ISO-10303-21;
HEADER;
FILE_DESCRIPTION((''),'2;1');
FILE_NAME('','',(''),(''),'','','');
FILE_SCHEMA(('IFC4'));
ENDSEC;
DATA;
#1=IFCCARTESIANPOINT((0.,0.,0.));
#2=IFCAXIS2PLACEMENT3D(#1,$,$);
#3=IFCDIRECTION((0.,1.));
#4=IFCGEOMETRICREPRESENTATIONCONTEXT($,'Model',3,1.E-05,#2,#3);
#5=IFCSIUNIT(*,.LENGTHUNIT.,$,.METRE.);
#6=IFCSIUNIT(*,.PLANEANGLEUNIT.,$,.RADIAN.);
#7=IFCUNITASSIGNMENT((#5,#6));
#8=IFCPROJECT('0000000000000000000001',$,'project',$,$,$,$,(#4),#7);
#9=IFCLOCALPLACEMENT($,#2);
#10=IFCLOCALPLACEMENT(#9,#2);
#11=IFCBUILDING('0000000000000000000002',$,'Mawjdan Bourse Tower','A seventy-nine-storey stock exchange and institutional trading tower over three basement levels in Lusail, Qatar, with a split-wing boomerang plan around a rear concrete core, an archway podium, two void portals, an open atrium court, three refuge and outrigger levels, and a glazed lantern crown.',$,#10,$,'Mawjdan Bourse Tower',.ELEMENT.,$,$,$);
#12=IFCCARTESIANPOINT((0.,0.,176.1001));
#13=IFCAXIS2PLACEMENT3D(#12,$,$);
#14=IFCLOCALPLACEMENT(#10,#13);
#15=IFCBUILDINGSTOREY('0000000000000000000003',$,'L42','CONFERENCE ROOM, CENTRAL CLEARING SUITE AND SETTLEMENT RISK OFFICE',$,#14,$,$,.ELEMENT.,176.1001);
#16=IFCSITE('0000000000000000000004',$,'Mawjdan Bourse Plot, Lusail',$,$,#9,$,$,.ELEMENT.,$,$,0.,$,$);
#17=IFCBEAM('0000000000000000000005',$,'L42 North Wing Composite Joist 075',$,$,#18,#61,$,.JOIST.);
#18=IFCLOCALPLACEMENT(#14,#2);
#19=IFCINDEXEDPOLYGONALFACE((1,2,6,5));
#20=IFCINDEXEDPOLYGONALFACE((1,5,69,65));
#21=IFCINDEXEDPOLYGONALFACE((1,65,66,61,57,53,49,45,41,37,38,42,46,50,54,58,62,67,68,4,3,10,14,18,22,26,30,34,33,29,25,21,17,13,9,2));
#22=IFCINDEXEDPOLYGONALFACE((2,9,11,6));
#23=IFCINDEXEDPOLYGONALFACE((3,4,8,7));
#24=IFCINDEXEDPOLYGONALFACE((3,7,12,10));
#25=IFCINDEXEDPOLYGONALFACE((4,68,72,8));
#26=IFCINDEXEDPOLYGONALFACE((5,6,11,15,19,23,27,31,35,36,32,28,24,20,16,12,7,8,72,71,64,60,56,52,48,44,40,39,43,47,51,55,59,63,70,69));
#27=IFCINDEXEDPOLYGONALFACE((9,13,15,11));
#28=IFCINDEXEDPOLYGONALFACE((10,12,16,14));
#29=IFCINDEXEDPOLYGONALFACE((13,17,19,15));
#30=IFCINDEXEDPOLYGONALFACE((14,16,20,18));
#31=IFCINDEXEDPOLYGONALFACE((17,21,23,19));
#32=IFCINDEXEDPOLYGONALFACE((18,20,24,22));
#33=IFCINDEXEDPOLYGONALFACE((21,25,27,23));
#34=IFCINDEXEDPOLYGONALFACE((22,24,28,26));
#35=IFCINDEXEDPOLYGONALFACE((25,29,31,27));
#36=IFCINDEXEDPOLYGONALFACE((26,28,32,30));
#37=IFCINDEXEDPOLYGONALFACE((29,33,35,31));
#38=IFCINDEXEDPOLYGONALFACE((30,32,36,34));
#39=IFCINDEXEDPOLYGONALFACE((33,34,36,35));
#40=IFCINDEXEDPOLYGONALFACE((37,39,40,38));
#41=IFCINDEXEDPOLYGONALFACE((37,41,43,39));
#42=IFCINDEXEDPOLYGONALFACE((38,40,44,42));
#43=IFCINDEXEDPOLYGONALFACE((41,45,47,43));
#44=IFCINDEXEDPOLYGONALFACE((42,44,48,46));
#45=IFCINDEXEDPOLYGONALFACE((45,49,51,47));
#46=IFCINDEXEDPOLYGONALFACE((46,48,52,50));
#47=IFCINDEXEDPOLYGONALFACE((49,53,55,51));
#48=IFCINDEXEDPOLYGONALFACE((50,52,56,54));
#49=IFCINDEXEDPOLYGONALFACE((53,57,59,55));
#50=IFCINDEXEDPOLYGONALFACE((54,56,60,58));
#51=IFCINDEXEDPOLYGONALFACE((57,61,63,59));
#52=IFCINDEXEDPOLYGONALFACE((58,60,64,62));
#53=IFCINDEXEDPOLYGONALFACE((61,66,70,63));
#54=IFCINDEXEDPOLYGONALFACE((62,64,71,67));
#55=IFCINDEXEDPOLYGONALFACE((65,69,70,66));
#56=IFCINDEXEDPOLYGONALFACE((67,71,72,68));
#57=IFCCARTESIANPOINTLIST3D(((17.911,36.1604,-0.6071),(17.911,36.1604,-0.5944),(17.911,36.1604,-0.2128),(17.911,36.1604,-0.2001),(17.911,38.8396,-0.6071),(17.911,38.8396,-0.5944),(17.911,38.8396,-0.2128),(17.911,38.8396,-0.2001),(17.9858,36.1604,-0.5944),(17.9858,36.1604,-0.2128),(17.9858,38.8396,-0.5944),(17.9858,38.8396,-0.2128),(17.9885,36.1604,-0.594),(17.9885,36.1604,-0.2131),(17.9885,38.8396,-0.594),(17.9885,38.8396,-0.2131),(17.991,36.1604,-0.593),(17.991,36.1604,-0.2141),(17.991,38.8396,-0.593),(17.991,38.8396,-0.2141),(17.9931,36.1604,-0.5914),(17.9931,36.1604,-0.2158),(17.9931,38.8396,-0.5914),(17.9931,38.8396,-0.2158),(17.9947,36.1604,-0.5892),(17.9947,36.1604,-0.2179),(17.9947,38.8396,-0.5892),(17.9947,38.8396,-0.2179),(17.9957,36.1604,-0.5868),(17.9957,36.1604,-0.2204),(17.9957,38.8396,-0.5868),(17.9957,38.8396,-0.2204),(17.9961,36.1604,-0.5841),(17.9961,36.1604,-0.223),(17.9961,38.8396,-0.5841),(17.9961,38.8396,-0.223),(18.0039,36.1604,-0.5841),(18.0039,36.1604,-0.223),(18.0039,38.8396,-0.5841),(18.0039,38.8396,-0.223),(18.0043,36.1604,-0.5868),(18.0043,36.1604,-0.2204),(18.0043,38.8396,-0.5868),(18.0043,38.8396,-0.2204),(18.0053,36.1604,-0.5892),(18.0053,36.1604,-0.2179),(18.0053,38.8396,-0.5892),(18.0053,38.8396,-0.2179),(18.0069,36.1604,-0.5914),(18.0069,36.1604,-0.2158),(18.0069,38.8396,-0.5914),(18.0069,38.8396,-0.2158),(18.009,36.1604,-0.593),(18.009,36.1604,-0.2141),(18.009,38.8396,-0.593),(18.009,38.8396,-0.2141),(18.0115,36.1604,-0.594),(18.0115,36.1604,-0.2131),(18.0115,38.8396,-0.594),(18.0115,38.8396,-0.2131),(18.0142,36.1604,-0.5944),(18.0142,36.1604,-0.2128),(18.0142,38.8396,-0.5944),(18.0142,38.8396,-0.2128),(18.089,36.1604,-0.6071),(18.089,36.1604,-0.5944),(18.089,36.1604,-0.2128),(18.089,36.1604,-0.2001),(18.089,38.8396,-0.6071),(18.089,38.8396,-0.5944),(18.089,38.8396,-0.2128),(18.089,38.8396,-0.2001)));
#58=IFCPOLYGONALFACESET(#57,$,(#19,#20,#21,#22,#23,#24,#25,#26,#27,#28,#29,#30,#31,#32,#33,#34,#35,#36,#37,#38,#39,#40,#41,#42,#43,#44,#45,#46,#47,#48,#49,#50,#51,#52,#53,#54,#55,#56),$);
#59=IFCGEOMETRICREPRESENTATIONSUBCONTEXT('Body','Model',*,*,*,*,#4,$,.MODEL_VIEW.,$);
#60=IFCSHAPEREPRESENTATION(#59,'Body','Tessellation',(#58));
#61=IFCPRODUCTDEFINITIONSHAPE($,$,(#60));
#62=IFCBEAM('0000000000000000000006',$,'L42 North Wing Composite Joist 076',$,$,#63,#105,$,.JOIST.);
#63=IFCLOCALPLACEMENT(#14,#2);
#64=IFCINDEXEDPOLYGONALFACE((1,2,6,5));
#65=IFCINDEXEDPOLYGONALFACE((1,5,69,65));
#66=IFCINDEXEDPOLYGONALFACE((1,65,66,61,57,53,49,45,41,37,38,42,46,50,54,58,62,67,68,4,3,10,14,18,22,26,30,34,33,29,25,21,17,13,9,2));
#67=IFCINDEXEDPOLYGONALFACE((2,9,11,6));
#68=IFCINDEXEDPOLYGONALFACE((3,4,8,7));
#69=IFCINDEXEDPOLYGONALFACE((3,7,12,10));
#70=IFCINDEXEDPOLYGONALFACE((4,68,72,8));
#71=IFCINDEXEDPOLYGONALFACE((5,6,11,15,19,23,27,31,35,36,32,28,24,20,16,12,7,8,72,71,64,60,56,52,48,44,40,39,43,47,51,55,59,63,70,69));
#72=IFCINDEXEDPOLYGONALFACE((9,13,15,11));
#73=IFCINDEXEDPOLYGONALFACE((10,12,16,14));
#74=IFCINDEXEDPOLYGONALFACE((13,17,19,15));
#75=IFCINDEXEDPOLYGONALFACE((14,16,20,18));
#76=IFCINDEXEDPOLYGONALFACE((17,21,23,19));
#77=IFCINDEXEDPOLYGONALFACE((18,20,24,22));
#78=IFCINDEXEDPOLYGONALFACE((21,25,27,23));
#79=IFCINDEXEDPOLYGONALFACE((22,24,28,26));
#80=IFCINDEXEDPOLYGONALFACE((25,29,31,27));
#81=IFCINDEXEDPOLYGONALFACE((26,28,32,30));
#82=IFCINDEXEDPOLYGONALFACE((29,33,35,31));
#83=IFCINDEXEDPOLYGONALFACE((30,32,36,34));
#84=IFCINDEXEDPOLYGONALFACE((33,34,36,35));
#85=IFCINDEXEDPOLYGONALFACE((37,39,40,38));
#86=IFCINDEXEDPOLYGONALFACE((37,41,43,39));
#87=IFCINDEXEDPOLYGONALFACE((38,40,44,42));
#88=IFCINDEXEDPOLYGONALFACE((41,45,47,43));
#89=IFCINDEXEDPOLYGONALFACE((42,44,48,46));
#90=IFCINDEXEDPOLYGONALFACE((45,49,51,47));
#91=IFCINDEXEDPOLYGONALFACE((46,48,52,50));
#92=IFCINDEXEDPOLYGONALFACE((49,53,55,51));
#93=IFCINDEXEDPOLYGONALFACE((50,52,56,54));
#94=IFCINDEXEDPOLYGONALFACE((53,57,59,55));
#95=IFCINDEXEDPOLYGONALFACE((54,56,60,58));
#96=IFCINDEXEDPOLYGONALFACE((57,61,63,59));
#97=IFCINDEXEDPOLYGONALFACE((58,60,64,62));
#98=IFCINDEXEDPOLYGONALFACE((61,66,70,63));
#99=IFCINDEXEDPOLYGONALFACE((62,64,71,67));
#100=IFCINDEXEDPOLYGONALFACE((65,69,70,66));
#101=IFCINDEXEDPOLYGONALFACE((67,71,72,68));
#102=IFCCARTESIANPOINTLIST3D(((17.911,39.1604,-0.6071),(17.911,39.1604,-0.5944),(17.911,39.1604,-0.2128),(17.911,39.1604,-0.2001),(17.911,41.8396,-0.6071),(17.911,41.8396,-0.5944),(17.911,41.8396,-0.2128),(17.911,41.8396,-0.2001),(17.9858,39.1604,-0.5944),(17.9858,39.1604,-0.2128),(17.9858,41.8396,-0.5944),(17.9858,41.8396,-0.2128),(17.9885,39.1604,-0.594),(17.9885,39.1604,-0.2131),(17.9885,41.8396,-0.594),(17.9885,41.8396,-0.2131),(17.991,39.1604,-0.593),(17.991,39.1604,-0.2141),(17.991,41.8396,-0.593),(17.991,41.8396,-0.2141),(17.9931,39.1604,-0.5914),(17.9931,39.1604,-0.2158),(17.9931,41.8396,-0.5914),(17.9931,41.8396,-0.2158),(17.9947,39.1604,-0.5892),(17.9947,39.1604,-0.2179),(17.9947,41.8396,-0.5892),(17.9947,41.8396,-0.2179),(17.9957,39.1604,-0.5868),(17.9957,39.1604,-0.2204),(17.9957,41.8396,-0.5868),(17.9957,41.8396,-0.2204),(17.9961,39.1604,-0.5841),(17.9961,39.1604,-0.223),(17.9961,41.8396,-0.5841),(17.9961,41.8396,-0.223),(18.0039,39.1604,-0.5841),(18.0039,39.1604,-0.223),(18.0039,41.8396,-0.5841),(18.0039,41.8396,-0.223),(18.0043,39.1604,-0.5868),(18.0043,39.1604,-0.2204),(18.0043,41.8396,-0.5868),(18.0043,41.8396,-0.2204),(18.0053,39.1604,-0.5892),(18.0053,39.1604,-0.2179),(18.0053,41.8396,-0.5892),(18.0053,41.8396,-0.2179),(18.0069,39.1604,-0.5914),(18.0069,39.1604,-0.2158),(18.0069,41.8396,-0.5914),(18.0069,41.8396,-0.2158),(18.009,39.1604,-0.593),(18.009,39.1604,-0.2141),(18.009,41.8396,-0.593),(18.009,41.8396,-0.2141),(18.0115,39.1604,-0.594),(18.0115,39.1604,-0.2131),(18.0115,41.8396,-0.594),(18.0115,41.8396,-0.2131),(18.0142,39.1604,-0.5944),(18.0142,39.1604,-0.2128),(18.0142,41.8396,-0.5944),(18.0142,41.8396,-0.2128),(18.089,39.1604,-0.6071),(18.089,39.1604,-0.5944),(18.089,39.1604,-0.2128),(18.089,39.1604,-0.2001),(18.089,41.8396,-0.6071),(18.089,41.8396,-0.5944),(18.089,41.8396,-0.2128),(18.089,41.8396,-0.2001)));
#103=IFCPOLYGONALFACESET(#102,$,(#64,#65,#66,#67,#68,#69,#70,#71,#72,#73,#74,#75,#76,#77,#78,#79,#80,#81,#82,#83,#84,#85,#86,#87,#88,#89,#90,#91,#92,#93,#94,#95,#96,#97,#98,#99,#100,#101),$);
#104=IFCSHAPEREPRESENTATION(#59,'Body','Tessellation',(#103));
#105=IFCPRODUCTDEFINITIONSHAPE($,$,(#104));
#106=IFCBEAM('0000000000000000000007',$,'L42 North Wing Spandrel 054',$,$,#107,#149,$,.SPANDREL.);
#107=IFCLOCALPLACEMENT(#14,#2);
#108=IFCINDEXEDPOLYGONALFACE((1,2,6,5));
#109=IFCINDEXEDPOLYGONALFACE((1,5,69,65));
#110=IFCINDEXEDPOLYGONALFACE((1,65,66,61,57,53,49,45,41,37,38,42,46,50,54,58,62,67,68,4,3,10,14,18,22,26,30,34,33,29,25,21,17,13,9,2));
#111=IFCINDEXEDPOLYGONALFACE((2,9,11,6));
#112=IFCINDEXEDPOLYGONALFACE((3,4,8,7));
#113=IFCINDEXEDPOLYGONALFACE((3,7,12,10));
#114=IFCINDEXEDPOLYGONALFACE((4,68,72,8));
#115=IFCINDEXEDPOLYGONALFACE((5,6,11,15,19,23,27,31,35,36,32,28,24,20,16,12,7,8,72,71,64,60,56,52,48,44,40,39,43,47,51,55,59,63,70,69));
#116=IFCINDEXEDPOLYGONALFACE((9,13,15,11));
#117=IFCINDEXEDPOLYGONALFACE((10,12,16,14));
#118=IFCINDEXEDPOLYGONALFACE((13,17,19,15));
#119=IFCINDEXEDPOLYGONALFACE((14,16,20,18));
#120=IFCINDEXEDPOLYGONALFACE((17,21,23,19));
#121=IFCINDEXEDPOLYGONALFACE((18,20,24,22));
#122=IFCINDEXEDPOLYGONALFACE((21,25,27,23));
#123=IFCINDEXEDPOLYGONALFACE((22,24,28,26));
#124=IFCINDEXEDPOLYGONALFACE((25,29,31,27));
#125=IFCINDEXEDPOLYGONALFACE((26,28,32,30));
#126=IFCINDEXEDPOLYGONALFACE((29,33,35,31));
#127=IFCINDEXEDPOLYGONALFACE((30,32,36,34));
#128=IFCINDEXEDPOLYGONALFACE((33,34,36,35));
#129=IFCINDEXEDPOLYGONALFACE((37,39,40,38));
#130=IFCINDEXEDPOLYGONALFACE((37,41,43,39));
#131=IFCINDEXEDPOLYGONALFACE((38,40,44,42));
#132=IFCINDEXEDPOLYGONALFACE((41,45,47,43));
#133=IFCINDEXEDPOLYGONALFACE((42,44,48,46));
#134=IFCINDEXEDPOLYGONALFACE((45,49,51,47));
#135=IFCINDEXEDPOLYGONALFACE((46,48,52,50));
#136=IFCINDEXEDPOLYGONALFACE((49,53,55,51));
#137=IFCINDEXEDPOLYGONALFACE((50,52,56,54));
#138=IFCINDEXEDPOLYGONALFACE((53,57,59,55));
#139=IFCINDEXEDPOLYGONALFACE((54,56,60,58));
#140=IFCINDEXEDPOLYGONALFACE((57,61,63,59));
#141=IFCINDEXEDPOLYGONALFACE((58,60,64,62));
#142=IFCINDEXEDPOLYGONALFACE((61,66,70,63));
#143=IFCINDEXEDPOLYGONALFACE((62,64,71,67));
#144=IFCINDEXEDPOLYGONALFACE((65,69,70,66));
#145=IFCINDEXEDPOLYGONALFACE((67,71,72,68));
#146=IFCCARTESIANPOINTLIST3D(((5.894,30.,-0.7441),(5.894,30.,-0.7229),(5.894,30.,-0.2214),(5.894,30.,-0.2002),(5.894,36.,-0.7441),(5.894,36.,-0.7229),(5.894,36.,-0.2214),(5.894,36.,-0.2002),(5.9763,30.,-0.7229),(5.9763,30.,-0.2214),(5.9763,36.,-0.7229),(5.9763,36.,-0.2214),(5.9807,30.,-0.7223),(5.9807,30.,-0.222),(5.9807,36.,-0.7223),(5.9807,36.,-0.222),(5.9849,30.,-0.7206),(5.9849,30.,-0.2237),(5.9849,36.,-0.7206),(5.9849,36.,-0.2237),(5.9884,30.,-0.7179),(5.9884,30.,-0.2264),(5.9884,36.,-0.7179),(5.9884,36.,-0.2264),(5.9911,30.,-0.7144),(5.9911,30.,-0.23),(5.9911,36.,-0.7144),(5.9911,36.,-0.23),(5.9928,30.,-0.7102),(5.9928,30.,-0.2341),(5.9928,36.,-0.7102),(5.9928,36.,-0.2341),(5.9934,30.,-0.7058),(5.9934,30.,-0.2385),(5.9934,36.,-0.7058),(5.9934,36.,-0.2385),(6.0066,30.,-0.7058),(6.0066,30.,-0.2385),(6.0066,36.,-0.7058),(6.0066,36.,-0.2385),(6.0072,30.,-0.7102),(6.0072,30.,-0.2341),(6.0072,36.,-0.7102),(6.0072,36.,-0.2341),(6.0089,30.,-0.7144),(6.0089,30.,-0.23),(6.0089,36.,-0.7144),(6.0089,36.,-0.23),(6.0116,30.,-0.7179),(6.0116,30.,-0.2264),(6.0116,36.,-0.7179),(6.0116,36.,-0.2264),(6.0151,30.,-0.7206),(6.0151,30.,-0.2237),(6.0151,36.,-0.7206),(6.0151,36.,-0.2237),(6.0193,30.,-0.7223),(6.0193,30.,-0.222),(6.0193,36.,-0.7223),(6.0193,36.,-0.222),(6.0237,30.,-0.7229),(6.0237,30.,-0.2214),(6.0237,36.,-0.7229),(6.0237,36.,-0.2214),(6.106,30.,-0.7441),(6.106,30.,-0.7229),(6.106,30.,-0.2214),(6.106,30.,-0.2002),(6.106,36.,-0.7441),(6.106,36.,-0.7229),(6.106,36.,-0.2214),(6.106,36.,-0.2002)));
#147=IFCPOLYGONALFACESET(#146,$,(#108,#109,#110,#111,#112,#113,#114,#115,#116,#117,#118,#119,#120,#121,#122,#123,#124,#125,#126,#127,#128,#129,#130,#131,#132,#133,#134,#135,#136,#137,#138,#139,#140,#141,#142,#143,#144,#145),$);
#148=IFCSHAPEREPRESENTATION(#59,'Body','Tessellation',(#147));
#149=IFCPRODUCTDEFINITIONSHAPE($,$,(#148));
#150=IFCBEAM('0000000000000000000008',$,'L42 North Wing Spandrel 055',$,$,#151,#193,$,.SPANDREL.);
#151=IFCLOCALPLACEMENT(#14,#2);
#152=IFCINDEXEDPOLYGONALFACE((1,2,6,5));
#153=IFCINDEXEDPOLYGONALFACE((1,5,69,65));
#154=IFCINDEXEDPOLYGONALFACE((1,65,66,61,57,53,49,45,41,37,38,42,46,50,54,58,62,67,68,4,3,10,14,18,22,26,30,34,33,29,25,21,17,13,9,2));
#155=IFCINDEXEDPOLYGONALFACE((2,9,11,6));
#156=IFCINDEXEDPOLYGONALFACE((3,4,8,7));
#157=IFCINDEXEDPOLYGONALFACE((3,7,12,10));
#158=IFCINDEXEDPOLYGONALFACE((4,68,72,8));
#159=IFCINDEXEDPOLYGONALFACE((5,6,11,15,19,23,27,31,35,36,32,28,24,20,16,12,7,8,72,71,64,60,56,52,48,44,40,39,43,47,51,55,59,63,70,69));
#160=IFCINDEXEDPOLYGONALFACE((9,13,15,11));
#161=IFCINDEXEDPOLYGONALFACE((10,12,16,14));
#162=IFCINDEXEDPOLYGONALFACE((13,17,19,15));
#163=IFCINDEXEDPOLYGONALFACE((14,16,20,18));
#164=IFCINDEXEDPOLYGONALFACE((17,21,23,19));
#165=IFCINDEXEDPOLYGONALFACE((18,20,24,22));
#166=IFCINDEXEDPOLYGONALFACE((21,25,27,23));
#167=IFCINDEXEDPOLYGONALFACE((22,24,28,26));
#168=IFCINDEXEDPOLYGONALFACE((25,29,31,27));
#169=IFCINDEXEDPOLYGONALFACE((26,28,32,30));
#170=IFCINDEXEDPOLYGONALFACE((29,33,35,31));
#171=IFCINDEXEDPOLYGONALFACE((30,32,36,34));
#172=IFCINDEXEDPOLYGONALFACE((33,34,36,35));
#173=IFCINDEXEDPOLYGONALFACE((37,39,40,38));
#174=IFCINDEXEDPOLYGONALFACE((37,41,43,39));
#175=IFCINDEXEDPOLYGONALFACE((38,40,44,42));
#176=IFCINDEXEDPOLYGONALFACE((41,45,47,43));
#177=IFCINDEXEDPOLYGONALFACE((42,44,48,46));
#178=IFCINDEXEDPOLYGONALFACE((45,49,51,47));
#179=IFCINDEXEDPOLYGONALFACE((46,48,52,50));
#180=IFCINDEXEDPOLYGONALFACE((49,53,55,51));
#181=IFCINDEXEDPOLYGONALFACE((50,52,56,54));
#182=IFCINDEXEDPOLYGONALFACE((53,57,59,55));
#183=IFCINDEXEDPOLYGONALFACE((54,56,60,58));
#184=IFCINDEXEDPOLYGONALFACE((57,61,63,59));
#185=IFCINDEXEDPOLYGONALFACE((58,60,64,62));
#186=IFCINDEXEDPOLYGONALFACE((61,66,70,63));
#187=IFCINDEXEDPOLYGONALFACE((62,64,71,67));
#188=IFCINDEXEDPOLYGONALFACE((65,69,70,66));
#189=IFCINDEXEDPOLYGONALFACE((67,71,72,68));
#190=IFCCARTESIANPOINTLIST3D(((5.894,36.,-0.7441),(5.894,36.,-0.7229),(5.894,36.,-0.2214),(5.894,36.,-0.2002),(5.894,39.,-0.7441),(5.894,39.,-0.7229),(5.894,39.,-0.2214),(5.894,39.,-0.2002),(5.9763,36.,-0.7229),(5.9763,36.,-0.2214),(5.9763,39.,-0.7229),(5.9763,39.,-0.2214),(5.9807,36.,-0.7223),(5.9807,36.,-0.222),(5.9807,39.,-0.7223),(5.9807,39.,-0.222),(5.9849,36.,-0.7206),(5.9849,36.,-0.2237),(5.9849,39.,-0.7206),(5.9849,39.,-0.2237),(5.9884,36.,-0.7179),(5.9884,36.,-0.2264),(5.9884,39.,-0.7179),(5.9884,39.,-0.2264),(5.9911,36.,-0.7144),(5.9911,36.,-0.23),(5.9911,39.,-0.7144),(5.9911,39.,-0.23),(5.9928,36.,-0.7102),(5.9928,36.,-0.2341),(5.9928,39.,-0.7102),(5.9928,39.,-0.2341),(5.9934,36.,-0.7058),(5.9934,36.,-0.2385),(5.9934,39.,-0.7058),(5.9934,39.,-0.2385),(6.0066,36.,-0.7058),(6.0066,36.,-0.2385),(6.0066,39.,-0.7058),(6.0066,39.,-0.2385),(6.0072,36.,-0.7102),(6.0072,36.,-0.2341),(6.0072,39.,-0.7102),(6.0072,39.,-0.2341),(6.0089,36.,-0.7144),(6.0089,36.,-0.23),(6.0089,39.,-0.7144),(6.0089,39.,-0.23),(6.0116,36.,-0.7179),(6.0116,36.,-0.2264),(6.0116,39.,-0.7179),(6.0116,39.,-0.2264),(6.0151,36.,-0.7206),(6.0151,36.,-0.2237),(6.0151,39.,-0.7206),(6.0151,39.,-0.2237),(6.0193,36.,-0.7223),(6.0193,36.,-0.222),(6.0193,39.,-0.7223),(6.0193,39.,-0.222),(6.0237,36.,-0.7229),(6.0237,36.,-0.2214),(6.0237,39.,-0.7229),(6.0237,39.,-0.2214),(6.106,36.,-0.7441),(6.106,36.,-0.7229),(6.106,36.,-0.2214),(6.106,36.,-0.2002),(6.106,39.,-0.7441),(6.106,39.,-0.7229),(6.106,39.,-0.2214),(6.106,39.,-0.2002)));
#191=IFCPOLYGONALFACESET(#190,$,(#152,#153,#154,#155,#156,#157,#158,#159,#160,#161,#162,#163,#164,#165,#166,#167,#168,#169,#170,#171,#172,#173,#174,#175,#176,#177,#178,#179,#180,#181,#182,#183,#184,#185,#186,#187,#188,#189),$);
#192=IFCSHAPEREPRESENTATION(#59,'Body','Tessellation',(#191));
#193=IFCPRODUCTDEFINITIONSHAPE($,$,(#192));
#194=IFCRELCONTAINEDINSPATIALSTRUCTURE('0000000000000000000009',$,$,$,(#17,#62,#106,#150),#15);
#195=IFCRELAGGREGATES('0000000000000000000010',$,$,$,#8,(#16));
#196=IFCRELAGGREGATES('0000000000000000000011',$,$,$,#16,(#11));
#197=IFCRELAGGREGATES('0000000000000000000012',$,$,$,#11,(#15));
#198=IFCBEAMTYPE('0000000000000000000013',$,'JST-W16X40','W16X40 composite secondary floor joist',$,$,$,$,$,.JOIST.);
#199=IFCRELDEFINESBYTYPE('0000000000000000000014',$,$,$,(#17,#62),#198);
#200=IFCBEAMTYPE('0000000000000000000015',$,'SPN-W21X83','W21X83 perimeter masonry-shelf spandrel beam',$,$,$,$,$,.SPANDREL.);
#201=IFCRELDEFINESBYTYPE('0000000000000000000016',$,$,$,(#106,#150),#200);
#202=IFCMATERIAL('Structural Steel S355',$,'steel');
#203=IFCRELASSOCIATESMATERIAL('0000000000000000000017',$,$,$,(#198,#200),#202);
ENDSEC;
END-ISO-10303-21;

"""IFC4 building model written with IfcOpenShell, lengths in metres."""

from ifc_helpers import new_model, si_unit, direction, frame, origin, origin_2d, place, context, subcontext, project, spatial, i_section, extrude, material, material_profile, profile_set, type_object, element, save


model = new_model("IFC4")

# Units and contexts
model_context = context("Model", 3, precision=1e-05, world=origin(), true_north=direction((0.0, 1.0)))
body_context = subcontext(model_context, "Body", "Model", "MODEL_VIEW")
ifc_project = project(units=[si_unit("LENGTHUNIT", "METRE"), si_unit("PLANEANGLEUNIT", "RADIAN")], contexts=[model_context])

# Site, building, storey
site_placement = place(None, origin())
site = spatial("IfcSite", under=ifc_project, at=site_placement, Name="Mawjdan Bourse Plot, Lusail", CompositionType="ELEMENT", RefElevation=0.0)
building_placement = place(site_placement, origin())
building = spatial("IfcBuilding", under=site, at=building_placement, Name="Mawjdan Bourse Tower", Description="A seventy-nine-storey stock exchange and institutional trading tower over three basement levels in Lusail, Qatar, with a split-wing boomerang plan around a rear concrete core, an archway podium, two void portals, an open atrium court, three refuge and outrigger levels, and a glazed lantern crown.", LongName="Mawjdan Bourse Tower", CompositionType="ELEMENT")
storey_placement = place(building_placement, frame((0.0, 0.0, 176.1001)))
storey = spatial("IfcBuildingStorey", under=building, at=storey_placement, Name="L42", Description="CONFERENCE ROOM, CENTRAL CLEARING SUITE AND SETTLEMENT RISK OFFICE", CompositionType="ELEMENT", Elevation=176.1001)

# Beams
ifc_material_1 = material(Name="Structural Steel S355", Category="steel")
ifc_material_profile_1 = material_profile(ifc_material_1, i_section(OverallWidth=0.178, OverallDepth=0.407, WebThickness=0.0078, FlangeThickness=0.0127, FilletRadius=0.0103, at=origin_2d()), Name="W16X40")
ifc_profile_set_1 = profile_set([ifc_material_profile_1], Name="Structural Steel S355")
beam_type_1 = type_object("IfcBeamType", Name="JST-W16X40", Description="W16X40 composite secondary floor joist", PredefinedType="JOIST", material=ifc_profile_set_1)
for number, where, z_axis, x_axis, name in (
    (1, (18.0, 36.1604, -0.4036), (0.0, 1.0, 0.0), (-1.0, 0.0, 0.0), "L42 North Wing Composite Joist 075"),
    (2, (18.0, 39.1604, -0.4036), (0.0, 1.0, 0.0), (-1.0, 0.0, 0.0), "L42 North Wing Composite Joist 076"),
):
    element("IfcBeam", number, at=place(storey_placement, frame(where, z_axis=z_axis, x_axis=x_axis)), inside=storey, type_object=beam_type_1, Name=name, PredefinedType="JOIST", context=body_context, shape_type="SweptSolid", body=[
        extrude(i_section(OverallWidth=0.178, OverallDepth=0.407, WebThickness=0.0078, FlangeThickness=0.0127, FilletRadius=0.0103, at=origin_2d()), origin(), (0.0, 0.0, 1.0), 2.6792),
    ])
ifc_material_profile_2 = material_profile(ifc_material_1, i_section(OverallWidth=0.2119, OverallDepth=0.5439, WebThickness=0.0132, FlangeThickness=0.0212, FilletRadius=0.0171, at=origin_2d()), Name="W21X83")
ifc_profile_set_2 = profile_set([ifc_material_profile_2], Name="Structural Steel S355")
beam_type_2 = type_object("IfcBeamType", Name="SPN-W21X83", Description="W21X83 perimeter masonry-shelf spandrel beam", PredefinedType="SPANDREL", material=ifc_profile_set_2)
beam_1_placement = place(storey_placement, frame((6.0, 30.0, -0.4722), z_axis=(0.0, 1.0, 0.0), x_axis=(-1.0, 0.0, 0.0)))
element("IfcBeam", 3, at=beam_1_placement, inside=storey, type_object=beam_type_2, Name="L42 North Wing Spandrel 054", PredefinedType="SPANDREL", context=body_context, shape_type="SweptSolid", body=[
    extrude(i_section(OverallWidth=0.2119, OverallDepth=0.5439, WebThickness=0.0132, FlangeThickness=0.0212, FilletRadius=0.0171, at=origin_2d()), origin(), (0.0, 0.0, 1.0), 6.0),
])
for number, where, z_axis, x_axis, name in (
    (4, (6.0, 36.0, -0.4722), (0.0, 1.0, 0.0), (-1.0, 0.0, 0.0), "L42 North Wing Spandrel 055"),
):
    element("IfcBeam", number, at=place(storey_placement, frame(where, z_axis=z_axis, x_axis=x_axis)), inside=storey, type_object=beam_type_2, Name=name, PredefinedType="SPANDREL", context=body_context, shape_type="SweptSolid", body=[
        extrude(i_section(OverallWidth=0.2119, OverallDepth=0.5439, WebThickness=0.0132, FlangeThickness=0.0212, FilletRadius=0.0171, at=origin_2d()), origin(), (0.0, 0.0, 1.0), 3.0),
    ])

save(model, "model.ifc")
